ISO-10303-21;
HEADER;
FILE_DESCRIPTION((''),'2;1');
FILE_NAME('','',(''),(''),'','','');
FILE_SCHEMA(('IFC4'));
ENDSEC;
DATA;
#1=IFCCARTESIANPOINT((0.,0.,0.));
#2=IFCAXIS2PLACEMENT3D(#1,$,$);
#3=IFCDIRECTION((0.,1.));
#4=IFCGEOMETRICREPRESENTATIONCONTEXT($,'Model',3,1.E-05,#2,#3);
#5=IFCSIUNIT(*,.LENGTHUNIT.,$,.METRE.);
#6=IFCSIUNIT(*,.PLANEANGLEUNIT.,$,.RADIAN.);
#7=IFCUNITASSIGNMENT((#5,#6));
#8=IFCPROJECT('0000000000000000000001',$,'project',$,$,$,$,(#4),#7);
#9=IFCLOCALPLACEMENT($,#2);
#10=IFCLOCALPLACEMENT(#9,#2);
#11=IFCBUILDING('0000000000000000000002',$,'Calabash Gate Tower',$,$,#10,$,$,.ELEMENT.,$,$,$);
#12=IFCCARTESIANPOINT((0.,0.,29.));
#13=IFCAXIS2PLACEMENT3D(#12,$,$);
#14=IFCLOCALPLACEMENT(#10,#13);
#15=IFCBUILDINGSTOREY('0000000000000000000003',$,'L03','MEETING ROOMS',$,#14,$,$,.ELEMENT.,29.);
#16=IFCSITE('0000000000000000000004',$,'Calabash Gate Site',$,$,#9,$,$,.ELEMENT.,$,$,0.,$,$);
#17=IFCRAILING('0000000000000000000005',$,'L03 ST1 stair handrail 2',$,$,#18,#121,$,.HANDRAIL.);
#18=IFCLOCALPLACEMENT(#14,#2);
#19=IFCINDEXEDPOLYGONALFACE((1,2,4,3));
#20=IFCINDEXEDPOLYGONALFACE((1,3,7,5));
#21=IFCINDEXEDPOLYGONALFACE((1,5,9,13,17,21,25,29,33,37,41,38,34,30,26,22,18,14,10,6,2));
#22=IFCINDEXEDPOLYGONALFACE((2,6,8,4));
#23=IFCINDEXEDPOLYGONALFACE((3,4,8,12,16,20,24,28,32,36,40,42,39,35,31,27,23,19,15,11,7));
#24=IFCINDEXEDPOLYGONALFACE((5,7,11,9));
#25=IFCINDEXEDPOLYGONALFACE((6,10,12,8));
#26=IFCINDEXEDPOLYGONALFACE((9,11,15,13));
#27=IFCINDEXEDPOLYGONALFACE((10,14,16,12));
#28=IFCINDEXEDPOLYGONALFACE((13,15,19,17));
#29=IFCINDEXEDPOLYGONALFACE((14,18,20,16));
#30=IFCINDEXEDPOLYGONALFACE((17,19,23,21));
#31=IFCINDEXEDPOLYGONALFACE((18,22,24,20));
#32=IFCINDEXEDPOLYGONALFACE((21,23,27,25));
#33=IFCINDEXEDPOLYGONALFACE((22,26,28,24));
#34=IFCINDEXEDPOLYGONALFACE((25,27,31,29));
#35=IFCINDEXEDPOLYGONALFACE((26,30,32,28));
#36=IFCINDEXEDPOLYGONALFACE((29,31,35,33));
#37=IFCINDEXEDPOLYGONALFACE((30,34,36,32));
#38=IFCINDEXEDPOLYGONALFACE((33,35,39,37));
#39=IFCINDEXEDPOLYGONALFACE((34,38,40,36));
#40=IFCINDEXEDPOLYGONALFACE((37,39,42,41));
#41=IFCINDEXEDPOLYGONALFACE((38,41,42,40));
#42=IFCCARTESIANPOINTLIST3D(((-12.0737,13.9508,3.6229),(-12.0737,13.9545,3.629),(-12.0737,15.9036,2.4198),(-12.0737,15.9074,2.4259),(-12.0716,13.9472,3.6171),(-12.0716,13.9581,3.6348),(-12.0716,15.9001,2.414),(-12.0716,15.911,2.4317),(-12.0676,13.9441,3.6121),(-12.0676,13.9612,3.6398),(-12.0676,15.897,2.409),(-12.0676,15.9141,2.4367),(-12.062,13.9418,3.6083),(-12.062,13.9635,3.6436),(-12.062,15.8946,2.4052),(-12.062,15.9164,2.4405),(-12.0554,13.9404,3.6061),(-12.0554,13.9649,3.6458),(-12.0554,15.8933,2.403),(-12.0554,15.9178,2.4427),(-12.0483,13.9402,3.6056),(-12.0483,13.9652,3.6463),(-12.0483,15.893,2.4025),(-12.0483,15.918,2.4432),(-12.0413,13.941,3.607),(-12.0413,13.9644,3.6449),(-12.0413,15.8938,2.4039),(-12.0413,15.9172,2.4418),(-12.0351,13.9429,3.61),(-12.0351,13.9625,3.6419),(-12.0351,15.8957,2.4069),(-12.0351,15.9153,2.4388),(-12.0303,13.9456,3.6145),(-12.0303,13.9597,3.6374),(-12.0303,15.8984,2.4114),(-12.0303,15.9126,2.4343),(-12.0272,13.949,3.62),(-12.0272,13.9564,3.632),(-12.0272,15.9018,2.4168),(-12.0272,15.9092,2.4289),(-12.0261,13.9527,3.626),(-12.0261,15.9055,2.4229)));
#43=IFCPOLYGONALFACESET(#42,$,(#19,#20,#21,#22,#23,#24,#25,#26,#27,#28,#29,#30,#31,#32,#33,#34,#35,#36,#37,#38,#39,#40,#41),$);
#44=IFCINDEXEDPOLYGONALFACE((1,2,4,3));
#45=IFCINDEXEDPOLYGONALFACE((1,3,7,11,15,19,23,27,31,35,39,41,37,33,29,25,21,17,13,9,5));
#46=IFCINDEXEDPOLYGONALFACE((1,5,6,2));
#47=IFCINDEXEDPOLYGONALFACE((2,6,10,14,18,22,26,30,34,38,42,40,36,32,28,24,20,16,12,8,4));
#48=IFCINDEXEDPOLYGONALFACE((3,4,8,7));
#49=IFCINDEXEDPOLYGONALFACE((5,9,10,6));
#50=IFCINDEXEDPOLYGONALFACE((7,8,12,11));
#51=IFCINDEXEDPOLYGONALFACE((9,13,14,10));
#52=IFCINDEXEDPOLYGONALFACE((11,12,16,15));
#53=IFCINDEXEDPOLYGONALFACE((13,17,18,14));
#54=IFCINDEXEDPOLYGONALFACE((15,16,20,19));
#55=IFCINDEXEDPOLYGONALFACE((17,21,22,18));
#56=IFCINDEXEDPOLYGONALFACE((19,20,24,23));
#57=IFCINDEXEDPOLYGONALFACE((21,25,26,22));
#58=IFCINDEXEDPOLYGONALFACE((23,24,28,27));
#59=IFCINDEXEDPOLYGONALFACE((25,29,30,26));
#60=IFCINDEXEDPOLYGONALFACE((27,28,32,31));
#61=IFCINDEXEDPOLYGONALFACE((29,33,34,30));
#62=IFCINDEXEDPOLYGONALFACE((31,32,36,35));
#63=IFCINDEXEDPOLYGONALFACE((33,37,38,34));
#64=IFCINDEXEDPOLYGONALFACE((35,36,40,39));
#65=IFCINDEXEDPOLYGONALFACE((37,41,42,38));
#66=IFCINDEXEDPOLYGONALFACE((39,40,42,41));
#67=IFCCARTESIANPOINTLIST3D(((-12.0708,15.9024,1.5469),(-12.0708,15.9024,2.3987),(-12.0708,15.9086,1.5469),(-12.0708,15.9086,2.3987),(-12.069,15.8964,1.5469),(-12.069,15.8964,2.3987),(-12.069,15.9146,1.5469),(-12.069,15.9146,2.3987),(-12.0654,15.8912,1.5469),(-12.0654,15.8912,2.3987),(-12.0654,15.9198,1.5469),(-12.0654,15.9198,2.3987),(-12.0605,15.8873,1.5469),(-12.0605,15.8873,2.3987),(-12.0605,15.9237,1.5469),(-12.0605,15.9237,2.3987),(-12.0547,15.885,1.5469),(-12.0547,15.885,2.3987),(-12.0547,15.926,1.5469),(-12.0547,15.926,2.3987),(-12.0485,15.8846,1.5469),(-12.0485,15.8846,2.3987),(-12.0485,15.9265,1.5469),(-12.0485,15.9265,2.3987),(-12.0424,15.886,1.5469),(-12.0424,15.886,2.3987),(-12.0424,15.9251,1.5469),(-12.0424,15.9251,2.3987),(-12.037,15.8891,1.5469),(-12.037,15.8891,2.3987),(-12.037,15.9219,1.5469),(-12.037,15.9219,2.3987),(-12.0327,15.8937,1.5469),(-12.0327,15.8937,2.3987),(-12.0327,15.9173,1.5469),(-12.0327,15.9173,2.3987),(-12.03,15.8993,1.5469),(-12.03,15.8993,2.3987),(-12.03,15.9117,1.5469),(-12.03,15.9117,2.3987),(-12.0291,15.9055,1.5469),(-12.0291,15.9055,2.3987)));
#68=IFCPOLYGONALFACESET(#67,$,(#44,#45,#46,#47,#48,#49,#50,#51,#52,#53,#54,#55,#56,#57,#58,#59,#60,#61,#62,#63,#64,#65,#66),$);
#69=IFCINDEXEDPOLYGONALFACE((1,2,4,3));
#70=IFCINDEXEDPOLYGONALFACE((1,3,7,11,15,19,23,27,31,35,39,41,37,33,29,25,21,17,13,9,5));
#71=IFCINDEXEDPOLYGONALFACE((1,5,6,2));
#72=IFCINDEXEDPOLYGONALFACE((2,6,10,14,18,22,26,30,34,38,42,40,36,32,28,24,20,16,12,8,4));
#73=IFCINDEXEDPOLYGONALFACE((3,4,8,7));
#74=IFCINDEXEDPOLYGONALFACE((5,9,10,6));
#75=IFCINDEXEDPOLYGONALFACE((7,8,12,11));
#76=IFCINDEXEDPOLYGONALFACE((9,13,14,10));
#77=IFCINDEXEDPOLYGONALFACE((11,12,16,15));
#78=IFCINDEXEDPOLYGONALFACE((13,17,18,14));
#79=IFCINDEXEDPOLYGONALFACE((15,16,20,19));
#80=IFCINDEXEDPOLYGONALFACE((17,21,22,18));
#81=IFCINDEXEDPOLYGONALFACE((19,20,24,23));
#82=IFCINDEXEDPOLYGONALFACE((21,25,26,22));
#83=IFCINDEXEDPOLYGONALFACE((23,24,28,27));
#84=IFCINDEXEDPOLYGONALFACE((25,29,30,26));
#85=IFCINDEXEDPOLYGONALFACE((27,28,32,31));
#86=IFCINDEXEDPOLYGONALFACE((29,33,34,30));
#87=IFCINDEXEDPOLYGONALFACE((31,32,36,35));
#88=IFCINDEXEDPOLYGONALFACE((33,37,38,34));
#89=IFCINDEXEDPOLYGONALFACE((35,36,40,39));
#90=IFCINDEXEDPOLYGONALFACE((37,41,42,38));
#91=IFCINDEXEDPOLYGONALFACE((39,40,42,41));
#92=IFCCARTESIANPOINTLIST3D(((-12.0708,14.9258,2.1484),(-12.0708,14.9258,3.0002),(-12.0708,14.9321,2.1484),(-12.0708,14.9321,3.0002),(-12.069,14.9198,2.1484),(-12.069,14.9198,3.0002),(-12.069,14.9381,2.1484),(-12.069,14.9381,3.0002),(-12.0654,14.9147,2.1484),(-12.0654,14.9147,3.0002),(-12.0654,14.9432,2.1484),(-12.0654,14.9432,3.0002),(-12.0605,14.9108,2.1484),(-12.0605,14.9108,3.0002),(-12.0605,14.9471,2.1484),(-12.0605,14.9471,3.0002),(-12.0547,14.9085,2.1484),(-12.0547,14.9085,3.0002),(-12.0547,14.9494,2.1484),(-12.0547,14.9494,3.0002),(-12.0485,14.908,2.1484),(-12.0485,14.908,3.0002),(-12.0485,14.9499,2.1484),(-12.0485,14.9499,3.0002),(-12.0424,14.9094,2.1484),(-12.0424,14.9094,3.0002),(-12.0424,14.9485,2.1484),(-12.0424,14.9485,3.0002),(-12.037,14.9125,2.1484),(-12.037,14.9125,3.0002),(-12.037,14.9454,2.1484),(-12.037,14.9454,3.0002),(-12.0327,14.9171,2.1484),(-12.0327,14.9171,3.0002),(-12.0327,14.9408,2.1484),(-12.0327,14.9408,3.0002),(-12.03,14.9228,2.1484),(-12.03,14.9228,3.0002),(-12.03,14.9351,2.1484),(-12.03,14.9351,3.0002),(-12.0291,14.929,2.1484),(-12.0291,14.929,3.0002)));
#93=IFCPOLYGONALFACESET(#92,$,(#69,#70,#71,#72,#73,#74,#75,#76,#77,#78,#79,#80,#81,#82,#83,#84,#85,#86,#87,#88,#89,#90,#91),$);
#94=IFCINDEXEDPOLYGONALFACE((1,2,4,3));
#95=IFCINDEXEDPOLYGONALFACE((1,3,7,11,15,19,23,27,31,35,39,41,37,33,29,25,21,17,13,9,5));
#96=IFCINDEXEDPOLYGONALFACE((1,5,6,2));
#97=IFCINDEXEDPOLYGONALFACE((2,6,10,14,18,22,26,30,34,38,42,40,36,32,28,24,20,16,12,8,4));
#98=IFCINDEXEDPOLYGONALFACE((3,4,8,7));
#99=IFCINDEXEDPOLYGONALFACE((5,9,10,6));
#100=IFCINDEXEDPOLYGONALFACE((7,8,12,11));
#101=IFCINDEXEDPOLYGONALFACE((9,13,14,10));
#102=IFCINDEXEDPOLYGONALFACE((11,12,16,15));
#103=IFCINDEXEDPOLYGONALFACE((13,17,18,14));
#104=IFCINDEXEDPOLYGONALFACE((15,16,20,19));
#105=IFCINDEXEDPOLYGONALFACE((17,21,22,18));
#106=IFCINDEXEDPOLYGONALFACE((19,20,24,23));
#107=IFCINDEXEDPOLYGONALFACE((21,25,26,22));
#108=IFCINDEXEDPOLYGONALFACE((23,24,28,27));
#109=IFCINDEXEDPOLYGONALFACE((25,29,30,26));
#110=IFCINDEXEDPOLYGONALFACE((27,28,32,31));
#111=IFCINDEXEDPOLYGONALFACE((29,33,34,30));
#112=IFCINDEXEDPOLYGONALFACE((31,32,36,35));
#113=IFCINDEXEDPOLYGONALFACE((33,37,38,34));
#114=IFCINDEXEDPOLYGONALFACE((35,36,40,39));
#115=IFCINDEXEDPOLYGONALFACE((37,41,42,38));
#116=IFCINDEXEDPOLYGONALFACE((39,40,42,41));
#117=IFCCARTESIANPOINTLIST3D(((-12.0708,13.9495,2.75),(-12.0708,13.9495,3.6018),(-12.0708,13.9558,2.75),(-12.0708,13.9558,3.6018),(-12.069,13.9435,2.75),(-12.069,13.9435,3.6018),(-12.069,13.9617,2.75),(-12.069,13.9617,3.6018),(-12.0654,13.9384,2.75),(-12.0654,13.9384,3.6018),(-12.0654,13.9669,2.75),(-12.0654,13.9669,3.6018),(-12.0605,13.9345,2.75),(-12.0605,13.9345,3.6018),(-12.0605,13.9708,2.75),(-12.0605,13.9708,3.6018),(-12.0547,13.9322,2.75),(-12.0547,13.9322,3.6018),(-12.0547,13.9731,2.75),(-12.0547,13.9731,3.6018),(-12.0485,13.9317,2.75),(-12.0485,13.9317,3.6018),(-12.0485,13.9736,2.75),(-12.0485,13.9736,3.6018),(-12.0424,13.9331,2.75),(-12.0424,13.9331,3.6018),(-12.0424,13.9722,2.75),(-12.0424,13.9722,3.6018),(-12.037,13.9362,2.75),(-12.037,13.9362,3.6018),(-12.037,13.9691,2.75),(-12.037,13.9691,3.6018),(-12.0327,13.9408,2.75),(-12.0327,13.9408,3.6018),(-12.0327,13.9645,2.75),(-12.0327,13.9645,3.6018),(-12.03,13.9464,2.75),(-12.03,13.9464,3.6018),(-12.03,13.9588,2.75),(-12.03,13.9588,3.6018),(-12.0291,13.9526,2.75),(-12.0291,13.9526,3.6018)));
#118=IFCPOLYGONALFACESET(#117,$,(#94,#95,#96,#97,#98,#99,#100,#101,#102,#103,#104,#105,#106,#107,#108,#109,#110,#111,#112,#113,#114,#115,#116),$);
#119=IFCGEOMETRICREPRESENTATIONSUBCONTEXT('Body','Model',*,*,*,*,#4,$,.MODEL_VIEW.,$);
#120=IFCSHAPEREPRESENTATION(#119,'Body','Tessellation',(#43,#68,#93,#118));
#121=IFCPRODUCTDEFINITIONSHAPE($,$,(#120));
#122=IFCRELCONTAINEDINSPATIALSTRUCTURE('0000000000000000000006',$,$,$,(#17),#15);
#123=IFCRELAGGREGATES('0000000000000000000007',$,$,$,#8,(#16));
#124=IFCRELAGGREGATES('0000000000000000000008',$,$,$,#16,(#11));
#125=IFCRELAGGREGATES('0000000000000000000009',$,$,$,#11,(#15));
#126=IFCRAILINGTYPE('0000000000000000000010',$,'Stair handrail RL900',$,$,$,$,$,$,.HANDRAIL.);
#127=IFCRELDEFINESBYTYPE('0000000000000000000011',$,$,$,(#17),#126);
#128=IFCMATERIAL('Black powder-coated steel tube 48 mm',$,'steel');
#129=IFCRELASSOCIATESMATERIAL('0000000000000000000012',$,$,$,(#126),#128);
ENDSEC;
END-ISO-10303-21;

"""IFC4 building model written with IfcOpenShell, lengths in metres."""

from ifc_helpers import new_model, si_unit, direction, frame, origin, origin_2d, place, context, subcontext, project, spatial, circle, extrude, material, type_object, element, save


model = new_model("IFC4")

# Units and contexts
model_context = context("Model", 3, precision=1e-05, world=origin(), true_north=direction((0.0, 1.0)))
body_context = subcontext(model_context, "Body", "Model", "MODEL_VIEW")
ifc_project = project(units=[si_unit("LENGTHUNIT", "METRE"), si_unit("PLANEANGLEUNIT", "RADIAN")], contexts=[model_context])

# Site, building, storey
site_placement = place(None, origin())
site = spatial("IfcSite", under=ifc_project, at=site_placement, Name="Calabash Gate Site", CompositionType="ELEMENT", RefElevation=0.0)
building_placement = place(site_placement, origin())
building = spatial("IfcBuilding", under=site, at=building_placement, Name="Calabash Gate Tower", CompositionType="ELEMENT")
storey_placement = place(building_placement, frame((0.0, 0.0, 29.0)))
storey = spatial("IfcBuildingStorey", under=building, at=storey_placement, Name="L03", Description="MEETING ROOMS", CompositionType="ELEMENT", Elevation=29.0)

# Railing
ifc_material_1 = material(Name="Black powder-coated steel tube 48 mm", Category="steel")
railing_type_1 = type_object("IfcRailingType", Name="Stair handrail RL900", PredefinedType="HANDRAIL", material=ifc_material_1)
railing_1_placement = place(storey_placement, frame((-12.05, 15.9055, 1.5469)))
element("IfcRailing", 1, at=railing_1_placement, inside=storey, type_object=railing_type_1, Name="L03 ST1 stair handrail 2", PredefinedType="HANDRAIL", context=body_context, shape_type="SweptSolid", body=[
    extrude(circle(Radius=0.0239, at=origin_2d()), frame((0.0, 0.0, 0.876), z_axis=(0.0, -0.851395, 0.524525), x_axis=(1.0, 0.0, 0.0)), (0.0, 0.0, 1.0), 2.2937),
    extrude(circle(Radius=0.021, at=origin_2d()), origin(), (0.0, 0.0, 1.0), 0.8518),
    extrude(circle(Radius=0.021, at=origin_2d()), frame((0.0, -0.9766, 0.6016)), (0.0, 0.0, 1.0), 0.8518),
    extrude(circle(Radius=0.021, at=origin_2d()), frame((0.0, -1.9529, 1.2031)), (0.0, 0.0, 1.0), 0.8518),
])

save(model, "model.ifc")
